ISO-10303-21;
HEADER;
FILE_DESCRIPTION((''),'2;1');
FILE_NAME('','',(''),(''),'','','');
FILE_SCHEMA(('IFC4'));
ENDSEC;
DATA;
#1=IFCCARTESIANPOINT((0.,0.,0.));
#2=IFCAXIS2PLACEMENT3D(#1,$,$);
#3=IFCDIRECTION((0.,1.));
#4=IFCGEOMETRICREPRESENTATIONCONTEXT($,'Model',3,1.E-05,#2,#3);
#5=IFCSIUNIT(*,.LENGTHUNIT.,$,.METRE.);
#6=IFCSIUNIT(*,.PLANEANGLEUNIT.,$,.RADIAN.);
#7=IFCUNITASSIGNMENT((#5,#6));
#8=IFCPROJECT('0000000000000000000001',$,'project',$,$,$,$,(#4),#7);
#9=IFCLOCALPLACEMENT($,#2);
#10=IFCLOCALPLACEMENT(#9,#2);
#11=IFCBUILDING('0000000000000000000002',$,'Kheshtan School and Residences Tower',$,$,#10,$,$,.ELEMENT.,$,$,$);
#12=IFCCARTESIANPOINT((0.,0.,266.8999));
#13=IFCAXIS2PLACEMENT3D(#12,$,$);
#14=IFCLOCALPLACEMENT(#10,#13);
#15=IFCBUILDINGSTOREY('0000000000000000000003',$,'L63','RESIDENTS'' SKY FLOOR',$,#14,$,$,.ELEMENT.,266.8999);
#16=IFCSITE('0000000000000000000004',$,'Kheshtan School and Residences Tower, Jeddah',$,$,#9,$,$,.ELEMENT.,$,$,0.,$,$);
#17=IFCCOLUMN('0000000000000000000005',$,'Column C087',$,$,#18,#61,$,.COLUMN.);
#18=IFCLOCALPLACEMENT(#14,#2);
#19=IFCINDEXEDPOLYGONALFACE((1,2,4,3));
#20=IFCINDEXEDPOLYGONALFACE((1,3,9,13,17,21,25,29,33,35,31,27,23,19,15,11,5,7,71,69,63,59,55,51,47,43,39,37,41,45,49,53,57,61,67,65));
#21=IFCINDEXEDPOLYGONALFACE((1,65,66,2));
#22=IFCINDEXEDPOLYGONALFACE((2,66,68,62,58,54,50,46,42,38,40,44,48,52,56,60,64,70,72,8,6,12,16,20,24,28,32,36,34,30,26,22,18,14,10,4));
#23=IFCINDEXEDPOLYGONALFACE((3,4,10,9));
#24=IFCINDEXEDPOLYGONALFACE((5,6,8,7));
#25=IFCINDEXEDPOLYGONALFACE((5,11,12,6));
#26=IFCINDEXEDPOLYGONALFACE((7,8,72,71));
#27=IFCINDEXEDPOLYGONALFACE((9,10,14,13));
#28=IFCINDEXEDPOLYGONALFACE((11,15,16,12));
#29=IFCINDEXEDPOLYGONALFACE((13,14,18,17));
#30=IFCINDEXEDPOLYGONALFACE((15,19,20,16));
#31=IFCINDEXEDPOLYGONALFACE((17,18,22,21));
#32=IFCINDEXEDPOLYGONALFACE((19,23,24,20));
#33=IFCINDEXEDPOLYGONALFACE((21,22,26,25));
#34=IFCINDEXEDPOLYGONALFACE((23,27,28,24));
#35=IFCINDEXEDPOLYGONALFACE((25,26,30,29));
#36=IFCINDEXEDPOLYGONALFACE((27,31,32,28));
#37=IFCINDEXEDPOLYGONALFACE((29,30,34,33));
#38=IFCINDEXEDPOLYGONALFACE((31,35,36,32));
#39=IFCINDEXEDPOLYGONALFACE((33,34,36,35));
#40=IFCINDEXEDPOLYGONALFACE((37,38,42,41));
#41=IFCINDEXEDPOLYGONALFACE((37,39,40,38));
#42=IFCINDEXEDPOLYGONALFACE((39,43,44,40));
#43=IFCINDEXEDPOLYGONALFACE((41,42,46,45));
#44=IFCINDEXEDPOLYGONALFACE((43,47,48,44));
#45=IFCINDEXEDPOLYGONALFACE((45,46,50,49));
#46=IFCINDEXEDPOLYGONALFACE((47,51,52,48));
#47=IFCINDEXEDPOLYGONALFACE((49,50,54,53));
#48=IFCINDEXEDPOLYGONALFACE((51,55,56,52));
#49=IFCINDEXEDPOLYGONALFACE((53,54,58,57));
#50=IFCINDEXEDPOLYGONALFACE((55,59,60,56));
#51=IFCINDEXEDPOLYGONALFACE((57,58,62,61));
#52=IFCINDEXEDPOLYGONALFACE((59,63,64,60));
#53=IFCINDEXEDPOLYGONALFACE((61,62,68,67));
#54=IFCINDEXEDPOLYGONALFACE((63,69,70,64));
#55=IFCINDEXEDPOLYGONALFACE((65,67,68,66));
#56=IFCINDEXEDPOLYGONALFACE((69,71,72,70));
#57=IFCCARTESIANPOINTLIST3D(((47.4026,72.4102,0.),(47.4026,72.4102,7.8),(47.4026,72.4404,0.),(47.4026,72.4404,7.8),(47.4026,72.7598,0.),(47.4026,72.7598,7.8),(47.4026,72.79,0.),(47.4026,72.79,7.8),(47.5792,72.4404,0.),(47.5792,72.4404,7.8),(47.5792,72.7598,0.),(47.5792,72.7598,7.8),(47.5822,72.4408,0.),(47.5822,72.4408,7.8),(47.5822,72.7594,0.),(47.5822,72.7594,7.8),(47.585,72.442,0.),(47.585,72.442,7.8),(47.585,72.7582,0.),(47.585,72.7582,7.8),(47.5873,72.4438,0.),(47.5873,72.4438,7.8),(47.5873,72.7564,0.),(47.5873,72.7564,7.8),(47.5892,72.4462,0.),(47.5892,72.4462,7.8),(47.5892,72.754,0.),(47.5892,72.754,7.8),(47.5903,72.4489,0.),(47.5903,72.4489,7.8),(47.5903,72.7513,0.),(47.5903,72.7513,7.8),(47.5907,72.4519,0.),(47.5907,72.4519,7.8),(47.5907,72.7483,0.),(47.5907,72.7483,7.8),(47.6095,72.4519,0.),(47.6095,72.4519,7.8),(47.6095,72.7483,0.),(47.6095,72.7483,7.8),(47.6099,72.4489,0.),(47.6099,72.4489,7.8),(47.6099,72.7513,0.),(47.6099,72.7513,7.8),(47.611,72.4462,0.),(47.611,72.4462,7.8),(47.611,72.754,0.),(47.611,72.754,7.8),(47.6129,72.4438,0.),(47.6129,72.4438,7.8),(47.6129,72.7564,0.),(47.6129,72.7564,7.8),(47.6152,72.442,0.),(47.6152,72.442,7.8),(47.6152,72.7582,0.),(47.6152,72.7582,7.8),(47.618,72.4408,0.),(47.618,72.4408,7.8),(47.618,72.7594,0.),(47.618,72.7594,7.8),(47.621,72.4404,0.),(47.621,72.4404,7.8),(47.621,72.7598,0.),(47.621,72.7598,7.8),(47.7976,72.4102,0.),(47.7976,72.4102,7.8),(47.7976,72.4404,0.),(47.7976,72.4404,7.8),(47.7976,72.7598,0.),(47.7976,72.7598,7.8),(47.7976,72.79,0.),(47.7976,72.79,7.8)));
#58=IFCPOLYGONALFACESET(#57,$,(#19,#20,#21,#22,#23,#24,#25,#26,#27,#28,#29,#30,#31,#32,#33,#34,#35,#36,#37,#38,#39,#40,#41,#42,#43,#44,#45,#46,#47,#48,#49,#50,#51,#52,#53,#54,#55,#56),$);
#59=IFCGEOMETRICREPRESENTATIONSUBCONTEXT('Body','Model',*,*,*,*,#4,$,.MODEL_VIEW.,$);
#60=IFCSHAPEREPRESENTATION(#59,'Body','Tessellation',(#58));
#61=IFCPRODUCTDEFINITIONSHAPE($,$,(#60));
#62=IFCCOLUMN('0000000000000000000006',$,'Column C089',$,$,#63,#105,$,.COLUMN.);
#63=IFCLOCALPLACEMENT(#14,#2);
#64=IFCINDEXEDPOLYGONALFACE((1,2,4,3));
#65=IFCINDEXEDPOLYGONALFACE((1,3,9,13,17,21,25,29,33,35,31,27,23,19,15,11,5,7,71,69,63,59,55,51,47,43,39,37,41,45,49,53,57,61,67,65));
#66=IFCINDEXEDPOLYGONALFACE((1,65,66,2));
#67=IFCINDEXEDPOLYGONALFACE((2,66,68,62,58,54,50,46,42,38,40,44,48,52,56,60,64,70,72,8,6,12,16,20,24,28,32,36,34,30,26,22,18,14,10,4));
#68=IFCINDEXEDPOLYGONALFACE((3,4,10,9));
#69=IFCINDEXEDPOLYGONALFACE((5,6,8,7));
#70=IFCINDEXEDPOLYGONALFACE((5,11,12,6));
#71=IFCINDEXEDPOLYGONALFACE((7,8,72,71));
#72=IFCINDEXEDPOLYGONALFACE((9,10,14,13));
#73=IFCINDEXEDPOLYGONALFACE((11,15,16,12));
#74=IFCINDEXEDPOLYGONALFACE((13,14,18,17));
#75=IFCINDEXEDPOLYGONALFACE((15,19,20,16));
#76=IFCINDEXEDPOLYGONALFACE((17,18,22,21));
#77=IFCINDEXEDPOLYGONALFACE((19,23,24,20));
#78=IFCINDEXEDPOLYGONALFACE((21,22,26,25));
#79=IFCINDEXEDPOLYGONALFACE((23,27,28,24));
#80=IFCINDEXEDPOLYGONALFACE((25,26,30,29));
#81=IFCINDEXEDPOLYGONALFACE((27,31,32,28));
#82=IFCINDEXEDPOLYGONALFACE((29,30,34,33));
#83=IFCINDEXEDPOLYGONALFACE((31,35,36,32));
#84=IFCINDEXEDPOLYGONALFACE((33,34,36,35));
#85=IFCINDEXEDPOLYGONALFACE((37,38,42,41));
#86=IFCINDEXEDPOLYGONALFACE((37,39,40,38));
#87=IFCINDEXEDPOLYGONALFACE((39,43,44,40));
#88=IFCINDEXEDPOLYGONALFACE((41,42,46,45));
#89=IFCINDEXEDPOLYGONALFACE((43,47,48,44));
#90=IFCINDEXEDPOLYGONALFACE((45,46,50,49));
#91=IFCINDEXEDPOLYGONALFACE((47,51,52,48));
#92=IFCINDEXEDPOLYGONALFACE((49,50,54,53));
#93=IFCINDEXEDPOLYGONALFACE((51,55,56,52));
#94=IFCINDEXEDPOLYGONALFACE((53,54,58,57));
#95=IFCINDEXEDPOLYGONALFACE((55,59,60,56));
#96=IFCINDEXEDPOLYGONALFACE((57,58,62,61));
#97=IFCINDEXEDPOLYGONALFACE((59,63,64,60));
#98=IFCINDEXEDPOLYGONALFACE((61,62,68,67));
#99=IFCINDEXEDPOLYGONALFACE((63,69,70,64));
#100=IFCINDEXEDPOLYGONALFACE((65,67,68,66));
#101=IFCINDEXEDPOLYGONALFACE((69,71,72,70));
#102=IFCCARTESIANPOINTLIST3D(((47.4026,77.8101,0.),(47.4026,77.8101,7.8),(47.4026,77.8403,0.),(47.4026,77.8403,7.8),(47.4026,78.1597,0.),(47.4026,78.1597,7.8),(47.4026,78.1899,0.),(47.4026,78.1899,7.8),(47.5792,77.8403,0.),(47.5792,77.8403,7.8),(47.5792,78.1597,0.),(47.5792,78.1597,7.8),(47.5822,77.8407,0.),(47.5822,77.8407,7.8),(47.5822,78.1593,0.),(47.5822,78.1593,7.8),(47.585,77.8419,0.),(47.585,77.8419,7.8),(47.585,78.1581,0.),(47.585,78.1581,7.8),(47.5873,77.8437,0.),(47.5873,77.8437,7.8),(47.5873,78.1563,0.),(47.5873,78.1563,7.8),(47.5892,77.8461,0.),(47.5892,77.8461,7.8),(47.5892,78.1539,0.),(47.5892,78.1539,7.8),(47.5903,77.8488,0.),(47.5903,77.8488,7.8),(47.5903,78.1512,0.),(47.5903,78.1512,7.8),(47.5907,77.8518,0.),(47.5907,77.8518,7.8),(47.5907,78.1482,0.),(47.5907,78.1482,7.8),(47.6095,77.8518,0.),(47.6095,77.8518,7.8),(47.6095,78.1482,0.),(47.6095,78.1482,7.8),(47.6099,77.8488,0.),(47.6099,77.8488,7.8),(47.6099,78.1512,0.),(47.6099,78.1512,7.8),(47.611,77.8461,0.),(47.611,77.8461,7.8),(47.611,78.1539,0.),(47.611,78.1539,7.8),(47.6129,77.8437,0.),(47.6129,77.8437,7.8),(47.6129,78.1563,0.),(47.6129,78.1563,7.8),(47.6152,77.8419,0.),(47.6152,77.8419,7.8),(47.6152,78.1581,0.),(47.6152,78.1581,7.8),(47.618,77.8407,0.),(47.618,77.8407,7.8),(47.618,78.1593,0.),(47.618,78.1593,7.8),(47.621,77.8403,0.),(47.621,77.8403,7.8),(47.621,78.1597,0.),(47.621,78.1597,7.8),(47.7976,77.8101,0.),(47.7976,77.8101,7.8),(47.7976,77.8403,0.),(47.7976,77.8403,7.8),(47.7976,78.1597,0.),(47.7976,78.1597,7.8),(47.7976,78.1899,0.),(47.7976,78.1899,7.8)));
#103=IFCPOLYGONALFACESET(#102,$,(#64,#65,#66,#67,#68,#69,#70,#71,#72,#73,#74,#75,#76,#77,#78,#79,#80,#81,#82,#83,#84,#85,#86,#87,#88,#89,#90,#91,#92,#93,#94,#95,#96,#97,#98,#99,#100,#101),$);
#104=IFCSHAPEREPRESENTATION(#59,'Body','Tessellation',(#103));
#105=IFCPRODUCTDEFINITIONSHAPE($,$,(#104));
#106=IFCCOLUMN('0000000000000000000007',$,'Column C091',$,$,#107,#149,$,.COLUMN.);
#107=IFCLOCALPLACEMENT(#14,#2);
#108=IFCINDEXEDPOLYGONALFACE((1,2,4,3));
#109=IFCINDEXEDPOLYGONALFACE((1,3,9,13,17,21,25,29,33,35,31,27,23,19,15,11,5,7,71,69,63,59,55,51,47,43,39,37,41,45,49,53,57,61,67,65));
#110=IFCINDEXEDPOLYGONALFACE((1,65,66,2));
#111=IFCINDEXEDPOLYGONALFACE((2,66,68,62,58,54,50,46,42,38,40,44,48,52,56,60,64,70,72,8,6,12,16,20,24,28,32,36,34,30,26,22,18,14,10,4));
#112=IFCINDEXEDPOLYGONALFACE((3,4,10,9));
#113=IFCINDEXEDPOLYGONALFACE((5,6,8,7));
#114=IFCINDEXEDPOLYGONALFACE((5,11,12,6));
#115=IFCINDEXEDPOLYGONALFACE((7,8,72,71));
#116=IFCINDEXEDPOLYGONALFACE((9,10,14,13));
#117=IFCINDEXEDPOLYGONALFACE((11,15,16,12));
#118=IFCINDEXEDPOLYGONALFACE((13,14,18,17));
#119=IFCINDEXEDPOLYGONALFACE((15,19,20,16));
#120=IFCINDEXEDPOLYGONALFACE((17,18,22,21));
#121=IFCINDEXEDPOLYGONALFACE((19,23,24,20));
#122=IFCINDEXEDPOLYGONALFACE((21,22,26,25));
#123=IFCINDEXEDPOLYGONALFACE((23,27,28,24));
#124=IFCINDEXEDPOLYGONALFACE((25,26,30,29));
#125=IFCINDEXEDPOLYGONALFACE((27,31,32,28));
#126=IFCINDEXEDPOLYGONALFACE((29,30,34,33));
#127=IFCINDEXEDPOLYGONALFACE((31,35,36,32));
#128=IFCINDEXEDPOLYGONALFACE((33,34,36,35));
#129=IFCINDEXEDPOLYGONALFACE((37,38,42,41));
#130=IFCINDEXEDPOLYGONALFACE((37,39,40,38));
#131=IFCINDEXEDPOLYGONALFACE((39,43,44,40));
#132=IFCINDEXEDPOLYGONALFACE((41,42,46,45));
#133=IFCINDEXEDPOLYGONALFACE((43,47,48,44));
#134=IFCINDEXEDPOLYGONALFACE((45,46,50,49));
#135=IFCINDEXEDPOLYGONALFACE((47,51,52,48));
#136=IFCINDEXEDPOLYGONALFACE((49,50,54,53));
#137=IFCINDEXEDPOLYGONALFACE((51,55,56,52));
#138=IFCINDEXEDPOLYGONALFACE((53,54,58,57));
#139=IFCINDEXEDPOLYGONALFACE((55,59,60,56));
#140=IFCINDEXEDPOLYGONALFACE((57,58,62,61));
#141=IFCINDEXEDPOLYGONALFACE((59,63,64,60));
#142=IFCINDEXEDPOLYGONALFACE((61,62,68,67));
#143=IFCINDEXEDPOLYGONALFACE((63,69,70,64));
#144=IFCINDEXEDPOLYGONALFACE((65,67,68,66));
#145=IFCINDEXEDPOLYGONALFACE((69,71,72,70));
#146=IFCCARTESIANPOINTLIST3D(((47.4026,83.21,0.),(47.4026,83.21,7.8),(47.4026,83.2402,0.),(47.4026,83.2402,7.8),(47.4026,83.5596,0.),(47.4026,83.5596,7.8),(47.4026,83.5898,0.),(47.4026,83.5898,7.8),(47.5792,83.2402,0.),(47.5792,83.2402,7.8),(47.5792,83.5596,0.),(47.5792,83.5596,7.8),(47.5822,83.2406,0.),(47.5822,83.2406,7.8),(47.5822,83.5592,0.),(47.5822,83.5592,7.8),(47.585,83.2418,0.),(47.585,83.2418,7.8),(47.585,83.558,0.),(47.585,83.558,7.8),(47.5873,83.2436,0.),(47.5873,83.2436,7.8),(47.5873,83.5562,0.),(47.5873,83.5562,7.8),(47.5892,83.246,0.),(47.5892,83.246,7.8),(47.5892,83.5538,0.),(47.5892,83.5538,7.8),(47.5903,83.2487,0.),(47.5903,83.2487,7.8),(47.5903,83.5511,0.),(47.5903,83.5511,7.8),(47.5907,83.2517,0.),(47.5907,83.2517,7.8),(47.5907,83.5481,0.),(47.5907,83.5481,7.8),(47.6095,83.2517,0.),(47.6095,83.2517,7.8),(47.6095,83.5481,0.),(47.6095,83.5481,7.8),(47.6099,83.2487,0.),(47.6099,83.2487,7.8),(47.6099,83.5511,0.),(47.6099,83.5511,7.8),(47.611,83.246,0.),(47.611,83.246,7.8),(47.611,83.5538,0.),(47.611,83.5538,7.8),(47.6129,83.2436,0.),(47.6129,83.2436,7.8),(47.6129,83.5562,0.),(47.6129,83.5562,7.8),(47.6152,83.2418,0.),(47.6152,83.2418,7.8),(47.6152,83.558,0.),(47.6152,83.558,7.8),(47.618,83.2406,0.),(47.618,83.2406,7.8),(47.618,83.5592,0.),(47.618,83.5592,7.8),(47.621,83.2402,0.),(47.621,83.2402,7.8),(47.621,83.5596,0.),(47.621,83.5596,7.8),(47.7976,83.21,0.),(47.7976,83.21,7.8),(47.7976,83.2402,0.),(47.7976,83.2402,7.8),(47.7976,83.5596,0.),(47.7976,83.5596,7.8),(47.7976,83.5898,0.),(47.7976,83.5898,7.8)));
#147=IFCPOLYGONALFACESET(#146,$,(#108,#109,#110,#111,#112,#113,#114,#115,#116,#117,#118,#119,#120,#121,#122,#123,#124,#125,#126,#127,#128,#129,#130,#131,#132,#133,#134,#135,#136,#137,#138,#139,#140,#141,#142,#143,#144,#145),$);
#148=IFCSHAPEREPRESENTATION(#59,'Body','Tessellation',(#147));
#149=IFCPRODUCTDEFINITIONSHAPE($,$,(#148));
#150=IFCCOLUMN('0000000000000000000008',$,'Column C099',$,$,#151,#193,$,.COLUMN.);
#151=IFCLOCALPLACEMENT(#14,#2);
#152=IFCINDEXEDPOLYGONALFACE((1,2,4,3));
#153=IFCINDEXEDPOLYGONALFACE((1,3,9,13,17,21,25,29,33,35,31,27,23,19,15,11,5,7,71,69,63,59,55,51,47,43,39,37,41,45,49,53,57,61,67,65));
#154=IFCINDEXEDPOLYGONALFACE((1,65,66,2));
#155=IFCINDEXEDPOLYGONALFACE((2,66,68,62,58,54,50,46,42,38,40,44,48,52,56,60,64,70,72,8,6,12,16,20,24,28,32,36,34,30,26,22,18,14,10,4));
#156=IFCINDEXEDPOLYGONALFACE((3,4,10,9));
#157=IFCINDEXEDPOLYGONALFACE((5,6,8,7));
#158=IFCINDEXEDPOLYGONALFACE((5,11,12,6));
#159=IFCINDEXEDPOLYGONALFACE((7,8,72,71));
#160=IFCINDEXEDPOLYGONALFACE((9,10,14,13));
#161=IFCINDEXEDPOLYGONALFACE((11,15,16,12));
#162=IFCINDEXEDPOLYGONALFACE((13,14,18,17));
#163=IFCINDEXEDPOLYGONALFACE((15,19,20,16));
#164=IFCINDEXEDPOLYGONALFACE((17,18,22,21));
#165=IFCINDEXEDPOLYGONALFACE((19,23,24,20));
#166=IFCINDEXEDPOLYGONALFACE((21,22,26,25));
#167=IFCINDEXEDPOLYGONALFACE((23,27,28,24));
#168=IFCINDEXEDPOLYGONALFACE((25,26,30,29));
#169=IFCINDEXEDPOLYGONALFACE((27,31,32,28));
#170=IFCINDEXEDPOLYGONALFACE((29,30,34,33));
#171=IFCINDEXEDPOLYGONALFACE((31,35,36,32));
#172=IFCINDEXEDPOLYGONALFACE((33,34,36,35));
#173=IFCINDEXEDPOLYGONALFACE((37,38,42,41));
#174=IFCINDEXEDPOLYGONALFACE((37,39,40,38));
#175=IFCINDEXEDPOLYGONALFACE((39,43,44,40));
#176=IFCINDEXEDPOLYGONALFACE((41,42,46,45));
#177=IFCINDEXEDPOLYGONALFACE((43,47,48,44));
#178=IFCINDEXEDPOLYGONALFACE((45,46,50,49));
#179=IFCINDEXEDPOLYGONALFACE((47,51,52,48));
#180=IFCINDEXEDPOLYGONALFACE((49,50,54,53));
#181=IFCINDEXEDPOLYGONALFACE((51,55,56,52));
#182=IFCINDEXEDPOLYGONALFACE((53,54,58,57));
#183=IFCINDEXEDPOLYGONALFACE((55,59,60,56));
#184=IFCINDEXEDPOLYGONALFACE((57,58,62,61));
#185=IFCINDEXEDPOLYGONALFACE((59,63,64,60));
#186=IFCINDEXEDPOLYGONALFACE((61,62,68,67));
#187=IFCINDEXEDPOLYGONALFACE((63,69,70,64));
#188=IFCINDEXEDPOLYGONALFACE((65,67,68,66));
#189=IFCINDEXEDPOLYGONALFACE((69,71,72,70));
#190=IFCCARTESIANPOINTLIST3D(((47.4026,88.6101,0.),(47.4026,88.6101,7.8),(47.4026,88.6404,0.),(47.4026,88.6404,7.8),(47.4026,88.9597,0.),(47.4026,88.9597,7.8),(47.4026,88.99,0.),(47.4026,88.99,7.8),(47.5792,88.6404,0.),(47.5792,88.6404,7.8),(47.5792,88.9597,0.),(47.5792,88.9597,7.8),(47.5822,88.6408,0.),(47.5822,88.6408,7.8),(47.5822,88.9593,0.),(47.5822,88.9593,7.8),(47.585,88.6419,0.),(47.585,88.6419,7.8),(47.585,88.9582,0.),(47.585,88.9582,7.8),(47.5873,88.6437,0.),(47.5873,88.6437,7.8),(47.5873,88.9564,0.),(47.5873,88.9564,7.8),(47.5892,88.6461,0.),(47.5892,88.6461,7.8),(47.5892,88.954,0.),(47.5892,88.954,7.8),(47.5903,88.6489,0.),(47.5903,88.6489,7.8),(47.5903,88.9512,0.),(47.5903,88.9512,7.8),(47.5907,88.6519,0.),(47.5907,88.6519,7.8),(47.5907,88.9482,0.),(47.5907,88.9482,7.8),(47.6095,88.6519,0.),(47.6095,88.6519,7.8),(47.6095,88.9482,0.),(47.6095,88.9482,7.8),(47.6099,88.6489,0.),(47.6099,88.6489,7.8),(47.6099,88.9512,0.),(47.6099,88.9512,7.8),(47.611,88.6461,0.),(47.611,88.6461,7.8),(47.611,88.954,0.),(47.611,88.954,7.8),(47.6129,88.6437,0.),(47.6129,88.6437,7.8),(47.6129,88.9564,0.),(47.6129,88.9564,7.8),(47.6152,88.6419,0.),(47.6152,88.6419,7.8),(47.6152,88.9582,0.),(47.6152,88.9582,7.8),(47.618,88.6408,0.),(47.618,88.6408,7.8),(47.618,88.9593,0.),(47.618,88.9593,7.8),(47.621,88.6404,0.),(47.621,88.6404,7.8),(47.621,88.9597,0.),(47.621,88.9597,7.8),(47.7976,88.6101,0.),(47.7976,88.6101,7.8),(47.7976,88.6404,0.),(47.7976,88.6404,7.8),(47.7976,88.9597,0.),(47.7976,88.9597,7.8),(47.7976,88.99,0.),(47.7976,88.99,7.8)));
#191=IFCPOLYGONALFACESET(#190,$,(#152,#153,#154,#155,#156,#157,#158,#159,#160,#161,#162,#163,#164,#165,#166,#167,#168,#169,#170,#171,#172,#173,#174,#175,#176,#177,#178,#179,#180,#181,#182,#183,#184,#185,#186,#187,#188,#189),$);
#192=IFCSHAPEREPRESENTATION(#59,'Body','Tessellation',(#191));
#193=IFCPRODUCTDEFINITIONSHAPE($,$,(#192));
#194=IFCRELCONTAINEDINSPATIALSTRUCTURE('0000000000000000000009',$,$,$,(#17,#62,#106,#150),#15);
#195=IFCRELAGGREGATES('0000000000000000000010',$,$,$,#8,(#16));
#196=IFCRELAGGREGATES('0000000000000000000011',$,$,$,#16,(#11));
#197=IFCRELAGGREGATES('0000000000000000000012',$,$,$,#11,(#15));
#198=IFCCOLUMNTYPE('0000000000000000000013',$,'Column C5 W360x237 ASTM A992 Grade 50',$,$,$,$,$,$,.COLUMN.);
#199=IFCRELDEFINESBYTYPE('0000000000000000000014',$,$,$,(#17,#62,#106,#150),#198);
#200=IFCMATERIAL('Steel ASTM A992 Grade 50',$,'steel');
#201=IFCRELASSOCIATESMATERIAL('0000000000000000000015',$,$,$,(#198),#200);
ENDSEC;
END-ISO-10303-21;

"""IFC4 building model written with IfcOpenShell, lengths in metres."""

from ifc_helpers import new_model, si_unit, direction, frame, origin, origin_2d, place, context, subcontext, project, spatial, i_section, extrude, material, material_profile, profile_set, type_object, element, save


model = new_model("IFC4")

# Units and contexts
model_context = context("Model", 3, precision=1e-05, world=origin(), true_north=direction((0.0, 1.0)))
body_context = subcontext(model_context, "Body", "Model", "MODEL_VIEW")
ifc_project = project(units=[si_unit("LENGTHUNIT", "METRE"), si_unit("PLANEANGLEUNIT", "RADIAN")], contexts=[model_context])

# Site, building, storey
site_placement = place(None, origin())
site = spatial("IfcSite", under=ifc_project, at=site_placement, Name="Kheshtan School and Residences Tower, Jeddah", CompositionType="ELEMENT", RefElevation=0.0)
building_placement = place(site_placement, origin())
building = spatial("IfcBuilding", under=site, at=building_placement, Name="Kheshtan School and Residences Tower", CompositionType="ELEMENT")
storey_placement = place(building_placement, frame((0.0, 0.0, 266.8999)))
storey = spatial("IfcBuildingStorey", under=building, at=storey_placement, Name="L63", Description="RESIDENTS' SKY FLOOR", CompositionType="ELEMENT", Elevation=266.8999)

# Columns
ifc_material_1 = material(Name="Steel ASTM A992 Grade 50", Category="steel")
ifc_material_profile_1 = material_profile(ifc_material_1, i_section(OverallWidth=0.395, OverallDepth=0.3799, WebThickness=0.0188, FlangeThickness=0.0303, FilletRadius=0.0115, at=origin_2d()), Name="W360x237")
ifc_profile_set_1 = profile_set([ifc_material_profile_1], Name="Steel ASTM A992 Grade 50")
column_type = type_object("IfcColumnType", Name="Column C5 W360x237 ASTM A992 Grade 50", PredefinedType="COLUMN", material=ifc_profile_set_1)
for number, where, z_axis, x_axis, name in (
    (1, (47.6001, 72.6001, 0.0), (0.0, 0.0, 1.0), (1.0, 0.0, 0.0), "Column C087"),
    (2, (47.6001, 78.0, 0.0), (0.0, 0.0, 1.0), (1.0, 0.0, 0.0), "Column C089"),
    (3, (47.6001, 83.3999, 0.0), (0.0, 0.0, 1.0), (1.0, 0.0, 0.0), "Column C091"),
    (4, (47.6001, 88.8, 0.0), (0.0, 0.0, 1.0), (1.0, 0.0, 0.0), "Column C099"),
):
    element("IfcColumn", number, at=place(storey_placement, frame(where, z_axis=z_axis, x_axis=x_axis)), inside=storey, type_object=column_type, Name=name, PredefinedType="COLUMN", context=body_context, shape_type="SweptSolid", body=[
        extrude(i_section(OverallWidth=0.395, OverallDepth=0.3799, WebThickness=0.0188, FlangeThickness=0.0303, FilletRadius=0.0115, at=origin_2d()), origin(), (0.0, 0.0, 1.0), 7.8),
    ])

save(model, "model.ifc")
